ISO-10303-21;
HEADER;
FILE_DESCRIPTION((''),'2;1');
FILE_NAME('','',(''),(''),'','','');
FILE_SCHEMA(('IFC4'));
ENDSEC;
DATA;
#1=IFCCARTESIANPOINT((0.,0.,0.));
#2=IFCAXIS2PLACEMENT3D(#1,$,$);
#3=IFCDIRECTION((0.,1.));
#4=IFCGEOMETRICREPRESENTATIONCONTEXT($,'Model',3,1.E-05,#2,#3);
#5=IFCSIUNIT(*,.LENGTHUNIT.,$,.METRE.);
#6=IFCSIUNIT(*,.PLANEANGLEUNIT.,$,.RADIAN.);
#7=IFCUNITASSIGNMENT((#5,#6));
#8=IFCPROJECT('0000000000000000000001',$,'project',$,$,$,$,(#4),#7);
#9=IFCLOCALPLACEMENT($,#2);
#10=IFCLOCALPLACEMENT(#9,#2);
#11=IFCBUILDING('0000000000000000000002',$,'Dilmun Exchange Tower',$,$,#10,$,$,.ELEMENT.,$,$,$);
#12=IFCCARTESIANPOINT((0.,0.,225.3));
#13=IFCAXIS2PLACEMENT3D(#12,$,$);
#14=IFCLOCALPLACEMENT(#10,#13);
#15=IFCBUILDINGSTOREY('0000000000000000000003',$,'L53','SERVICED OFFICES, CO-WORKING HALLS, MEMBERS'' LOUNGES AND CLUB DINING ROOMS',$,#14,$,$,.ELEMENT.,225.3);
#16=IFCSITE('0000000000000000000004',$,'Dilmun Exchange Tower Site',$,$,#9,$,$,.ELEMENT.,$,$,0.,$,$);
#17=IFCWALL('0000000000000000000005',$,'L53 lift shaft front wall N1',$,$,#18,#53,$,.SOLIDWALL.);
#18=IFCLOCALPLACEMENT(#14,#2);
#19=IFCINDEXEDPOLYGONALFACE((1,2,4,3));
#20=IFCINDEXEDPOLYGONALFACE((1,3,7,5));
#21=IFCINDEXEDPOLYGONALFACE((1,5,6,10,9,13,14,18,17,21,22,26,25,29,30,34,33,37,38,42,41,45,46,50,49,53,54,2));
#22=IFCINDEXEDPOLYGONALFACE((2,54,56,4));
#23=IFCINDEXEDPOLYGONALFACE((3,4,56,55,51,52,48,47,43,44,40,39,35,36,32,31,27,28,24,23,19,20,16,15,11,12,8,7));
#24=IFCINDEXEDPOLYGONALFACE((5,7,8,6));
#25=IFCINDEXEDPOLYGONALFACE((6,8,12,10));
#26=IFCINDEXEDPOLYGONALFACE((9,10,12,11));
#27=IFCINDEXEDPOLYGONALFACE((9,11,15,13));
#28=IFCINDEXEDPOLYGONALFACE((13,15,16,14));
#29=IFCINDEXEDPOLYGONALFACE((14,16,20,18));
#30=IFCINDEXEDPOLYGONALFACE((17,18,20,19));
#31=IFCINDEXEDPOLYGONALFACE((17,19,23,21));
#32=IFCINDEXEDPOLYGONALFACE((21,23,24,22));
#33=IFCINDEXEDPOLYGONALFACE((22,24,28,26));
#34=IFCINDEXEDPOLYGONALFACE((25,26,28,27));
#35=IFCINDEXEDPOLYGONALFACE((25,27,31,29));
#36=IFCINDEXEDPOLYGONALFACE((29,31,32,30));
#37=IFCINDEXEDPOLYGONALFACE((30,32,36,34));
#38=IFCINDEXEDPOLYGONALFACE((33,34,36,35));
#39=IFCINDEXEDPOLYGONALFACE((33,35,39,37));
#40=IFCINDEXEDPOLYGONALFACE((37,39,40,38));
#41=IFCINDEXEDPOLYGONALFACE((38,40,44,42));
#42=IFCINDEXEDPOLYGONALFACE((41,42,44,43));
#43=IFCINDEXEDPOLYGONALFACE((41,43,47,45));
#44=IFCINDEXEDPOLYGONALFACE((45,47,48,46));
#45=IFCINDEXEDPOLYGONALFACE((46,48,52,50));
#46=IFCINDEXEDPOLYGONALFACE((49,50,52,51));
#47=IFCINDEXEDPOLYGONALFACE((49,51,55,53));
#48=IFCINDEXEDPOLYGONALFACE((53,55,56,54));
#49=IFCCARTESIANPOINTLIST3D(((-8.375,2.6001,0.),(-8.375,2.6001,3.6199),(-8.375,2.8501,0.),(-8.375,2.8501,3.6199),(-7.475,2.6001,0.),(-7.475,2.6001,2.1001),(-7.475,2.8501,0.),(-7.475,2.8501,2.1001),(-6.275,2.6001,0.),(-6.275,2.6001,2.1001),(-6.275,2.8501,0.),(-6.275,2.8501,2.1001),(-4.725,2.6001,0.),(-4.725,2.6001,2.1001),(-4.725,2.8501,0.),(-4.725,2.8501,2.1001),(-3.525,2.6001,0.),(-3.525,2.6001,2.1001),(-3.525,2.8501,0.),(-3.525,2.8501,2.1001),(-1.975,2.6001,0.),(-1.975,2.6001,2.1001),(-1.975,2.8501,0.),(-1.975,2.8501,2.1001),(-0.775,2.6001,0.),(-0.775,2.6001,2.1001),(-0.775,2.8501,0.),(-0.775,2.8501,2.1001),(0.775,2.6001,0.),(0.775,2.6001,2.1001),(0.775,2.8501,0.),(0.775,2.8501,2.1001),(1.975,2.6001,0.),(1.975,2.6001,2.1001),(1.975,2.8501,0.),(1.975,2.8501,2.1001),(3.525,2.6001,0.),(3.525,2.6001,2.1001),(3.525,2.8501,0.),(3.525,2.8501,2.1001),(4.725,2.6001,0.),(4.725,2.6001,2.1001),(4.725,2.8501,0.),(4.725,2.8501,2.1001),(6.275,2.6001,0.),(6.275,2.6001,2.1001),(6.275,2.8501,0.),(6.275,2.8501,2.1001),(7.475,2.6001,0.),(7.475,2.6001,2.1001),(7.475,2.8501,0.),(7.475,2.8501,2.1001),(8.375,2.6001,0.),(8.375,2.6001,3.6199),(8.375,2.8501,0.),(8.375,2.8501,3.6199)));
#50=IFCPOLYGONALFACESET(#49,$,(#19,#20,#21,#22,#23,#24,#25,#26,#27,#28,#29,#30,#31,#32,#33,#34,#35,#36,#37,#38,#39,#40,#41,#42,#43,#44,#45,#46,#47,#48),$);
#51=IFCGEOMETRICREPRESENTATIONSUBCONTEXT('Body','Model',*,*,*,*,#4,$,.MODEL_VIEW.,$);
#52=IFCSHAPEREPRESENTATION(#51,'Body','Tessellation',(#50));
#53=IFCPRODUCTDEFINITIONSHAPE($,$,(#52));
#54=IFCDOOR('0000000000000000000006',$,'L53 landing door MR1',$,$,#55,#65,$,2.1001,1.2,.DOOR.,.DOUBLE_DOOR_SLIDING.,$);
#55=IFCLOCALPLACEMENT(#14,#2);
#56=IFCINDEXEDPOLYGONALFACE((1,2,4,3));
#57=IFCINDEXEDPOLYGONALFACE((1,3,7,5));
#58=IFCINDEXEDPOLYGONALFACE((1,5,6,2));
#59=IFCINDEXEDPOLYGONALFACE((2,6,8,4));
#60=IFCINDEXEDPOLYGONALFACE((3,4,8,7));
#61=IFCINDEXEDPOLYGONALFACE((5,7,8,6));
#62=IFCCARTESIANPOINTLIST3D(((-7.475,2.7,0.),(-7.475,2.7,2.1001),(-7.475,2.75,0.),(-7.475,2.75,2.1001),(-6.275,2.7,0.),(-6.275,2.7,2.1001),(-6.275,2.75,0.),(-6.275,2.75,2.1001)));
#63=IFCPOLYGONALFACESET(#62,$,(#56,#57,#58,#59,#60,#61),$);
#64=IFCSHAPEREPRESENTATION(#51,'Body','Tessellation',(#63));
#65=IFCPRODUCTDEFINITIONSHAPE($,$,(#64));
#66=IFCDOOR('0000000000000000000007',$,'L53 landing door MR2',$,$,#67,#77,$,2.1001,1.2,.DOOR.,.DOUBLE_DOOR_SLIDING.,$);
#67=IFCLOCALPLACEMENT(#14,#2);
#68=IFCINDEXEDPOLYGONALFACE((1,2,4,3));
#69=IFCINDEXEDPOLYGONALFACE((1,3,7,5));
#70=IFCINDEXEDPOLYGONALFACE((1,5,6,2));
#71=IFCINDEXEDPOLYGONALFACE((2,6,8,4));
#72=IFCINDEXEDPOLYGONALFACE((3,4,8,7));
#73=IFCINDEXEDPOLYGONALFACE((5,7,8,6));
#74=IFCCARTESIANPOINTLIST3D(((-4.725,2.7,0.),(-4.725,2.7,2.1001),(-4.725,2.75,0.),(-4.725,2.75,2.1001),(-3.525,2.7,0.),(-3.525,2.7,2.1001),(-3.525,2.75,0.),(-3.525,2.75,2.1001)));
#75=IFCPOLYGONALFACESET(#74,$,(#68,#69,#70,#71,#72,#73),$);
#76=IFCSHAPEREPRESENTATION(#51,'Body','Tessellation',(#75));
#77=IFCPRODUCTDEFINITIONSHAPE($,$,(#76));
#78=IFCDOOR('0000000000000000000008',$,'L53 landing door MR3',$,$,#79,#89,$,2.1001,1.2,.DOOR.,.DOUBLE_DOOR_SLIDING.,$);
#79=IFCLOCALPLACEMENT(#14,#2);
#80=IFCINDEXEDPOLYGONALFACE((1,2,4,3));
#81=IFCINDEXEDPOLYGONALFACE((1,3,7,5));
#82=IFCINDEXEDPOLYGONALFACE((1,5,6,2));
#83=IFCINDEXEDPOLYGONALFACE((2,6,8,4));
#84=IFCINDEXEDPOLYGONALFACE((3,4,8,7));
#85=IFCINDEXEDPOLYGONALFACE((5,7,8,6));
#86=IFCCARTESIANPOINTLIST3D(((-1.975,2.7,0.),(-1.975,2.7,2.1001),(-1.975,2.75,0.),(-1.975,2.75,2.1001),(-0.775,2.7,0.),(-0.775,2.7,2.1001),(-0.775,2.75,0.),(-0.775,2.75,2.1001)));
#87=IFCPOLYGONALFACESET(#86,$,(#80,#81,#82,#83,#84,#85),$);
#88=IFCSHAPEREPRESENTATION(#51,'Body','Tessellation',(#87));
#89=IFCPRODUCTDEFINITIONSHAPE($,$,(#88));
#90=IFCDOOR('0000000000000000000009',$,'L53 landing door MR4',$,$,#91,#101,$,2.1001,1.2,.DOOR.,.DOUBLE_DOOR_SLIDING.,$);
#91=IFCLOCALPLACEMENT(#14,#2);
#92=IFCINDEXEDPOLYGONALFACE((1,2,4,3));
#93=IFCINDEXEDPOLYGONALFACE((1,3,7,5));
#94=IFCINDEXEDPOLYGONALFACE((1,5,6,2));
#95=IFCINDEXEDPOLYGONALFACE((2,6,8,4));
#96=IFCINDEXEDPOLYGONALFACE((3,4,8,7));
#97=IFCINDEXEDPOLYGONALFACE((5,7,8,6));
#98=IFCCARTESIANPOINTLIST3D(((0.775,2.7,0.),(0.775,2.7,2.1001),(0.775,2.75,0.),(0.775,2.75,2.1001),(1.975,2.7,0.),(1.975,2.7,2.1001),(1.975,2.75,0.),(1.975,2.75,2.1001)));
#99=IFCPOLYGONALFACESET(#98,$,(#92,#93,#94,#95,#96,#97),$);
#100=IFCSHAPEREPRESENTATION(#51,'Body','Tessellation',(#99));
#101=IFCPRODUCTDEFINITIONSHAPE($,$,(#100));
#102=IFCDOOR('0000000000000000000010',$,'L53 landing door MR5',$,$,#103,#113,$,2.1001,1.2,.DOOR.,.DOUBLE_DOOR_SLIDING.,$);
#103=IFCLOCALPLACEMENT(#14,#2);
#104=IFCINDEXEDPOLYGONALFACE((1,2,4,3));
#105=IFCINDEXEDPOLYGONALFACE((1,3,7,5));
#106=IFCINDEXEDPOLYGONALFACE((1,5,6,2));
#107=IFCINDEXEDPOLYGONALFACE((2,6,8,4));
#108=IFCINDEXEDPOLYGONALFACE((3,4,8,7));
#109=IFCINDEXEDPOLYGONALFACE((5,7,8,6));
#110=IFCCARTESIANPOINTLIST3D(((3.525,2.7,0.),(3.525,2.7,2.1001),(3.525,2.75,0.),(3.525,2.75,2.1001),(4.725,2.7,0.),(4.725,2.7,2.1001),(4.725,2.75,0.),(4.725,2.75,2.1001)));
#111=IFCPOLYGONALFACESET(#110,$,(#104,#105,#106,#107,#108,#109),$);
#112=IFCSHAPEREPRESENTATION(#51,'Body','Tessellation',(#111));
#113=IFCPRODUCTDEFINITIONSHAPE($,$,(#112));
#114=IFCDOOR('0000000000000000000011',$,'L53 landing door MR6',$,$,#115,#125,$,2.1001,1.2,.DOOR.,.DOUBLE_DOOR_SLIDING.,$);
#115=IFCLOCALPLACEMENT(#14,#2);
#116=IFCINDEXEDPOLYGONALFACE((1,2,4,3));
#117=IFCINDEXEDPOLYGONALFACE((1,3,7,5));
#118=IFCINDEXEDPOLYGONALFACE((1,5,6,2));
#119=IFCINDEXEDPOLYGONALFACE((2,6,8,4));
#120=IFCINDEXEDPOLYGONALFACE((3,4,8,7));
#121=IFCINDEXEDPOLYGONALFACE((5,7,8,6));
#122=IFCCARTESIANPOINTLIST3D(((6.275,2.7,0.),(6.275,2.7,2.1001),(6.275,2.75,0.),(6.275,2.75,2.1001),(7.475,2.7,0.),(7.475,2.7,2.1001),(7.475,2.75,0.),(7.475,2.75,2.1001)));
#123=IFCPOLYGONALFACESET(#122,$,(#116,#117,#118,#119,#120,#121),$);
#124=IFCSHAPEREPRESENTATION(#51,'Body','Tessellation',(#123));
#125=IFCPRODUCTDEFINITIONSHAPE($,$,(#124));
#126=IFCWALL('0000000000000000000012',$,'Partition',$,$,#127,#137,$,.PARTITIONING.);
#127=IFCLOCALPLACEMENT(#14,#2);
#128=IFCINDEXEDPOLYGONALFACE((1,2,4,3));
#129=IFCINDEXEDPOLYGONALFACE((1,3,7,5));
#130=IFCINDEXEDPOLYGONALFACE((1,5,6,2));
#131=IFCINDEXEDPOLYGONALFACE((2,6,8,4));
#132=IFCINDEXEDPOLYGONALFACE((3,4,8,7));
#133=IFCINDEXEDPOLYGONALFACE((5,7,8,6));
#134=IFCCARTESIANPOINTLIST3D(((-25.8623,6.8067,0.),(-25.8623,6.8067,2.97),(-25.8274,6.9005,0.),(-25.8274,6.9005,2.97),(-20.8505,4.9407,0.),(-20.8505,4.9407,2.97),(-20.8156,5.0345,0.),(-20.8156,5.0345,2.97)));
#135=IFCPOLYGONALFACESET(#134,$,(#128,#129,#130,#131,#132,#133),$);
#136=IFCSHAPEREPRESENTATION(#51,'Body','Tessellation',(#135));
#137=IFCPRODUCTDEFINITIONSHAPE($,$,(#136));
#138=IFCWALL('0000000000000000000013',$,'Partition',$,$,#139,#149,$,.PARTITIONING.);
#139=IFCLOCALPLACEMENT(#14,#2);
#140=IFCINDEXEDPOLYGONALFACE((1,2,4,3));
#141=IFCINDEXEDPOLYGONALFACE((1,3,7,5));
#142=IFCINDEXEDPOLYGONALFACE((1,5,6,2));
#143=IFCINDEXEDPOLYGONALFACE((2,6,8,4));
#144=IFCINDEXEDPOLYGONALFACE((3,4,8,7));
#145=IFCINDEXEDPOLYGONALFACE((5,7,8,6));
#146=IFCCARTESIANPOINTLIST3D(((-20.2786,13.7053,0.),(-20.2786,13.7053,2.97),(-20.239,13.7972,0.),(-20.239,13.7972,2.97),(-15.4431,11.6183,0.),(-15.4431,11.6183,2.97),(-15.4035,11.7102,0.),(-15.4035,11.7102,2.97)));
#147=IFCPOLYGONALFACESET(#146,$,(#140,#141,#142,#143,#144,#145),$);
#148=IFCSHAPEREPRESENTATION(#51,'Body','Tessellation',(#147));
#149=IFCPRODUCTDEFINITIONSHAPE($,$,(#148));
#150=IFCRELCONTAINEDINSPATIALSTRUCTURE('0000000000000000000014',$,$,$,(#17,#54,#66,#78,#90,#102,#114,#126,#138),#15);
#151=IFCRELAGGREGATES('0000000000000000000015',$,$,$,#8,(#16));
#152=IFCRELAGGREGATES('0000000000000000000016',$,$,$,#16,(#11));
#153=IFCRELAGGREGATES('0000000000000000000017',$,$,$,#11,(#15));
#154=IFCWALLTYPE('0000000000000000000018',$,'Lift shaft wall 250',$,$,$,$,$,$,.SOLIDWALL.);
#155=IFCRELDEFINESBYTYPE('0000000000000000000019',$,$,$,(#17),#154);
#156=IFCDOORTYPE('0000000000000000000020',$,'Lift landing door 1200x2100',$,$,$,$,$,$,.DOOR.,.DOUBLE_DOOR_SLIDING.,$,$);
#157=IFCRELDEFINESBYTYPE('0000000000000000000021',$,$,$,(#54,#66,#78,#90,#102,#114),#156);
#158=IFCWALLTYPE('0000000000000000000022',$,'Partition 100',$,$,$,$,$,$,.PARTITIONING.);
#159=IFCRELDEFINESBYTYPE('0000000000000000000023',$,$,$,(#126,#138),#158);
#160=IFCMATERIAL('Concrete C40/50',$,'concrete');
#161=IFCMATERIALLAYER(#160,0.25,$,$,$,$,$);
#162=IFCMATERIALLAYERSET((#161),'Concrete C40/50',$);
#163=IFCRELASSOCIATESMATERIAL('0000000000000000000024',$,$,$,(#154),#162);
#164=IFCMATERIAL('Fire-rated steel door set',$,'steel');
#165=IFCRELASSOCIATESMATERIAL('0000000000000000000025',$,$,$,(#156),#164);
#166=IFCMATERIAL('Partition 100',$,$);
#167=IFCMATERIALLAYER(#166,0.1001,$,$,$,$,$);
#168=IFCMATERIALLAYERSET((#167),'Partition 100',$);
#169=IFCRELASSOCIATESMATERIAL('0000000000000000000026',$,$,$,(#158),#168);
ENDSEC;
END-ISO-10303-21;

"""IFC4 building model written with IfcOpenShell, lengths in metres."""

from ifc_helpers import new_model, si_unit, direction, frame, frame_2d, origin, place, context, subcontext, project, spatial, rectangle, extrude, material, layer, layer_set, type_object, element, fill, save


model = new_model("IFC4")

# Units and contexts
model_context = context("Model", 3, precision=1e-05, world=origin(), true_north=direction((0.0, 1.0)))
body_context = subcontext(model_context, "Body", "Model", "MODEL_VIEW")
ifc_project = project(units=[si_unit("LENGTHUNIT", "METRE"), si_unit("PLANEANGLEUNIT", "RADIAN")], contexts=[model_context])

# Site, building, storey
site_placement = place(None, origin())
site = spatial("IfcSite", under=ifc_project, at=site_placement, Name="Dilmun Exchange Tower Site", CompositionType="ELEMENT", RefElevation=0.0)
building_placement = place(site_placement, origin())
building = spatial("IfcBuilding", under=site, at=building_placement, Name="Dilmun Exchange Tower", CompositionType="ELEMENT")
storey_placement = place(building_placement, frame((0.0, 0.0, 225.3)))
storey = spatial("IfcBuildingStorey", under=building, at=storey_placement, Name="L53", Description="SERVICED OFFICES, CO-WORKING HALLS, MEMBERS' LOUNGES AND CLUB DINING ROOMS", CompositionType="ELEMENT", Elevation=225.3)

# Shared definitions
ifc_material_1 = material(Name="Concrete C40/50", Category="concrete")

# Shared definitions
ifc_material_2 = material(Name="Fire-rated steel door set", Category="steel")

# Wall, openings, doors
ifc_layer_1 = layer(ifc_material_1, 0.25)
ifc_layer_set_1 = layer_set([ifc_layer_1], Name="Concrete C40/50")
wall_type_1 = type_object("IfcWallType", Name="Lift shaft wall 250", PredefinedType="SOLIDWALL", material=ifc_layer_set_1)
wall_1_placement = place(storey_placement, frame((-8.375, 2.7251, 0.0), z_axis=(0.0, 0.0, 1.0), x_axis=(1.0, 0.0, 0.0)))
wall_1 = element("IfcWall", 1, at=wall_1_placement, inside=storey, type_object=wall_type_1, Name="L53 lift shaft front wall N1", PredefinedType="SOLIDWALL", context=body_context, shape_type="SweptSolid", body=[
    extrude(rectangle(XDim=16.75, YDim=0.25, at=frame_2d((8.375, 0.0))), origin(), (0.0, 0.0, 1.0), 3.6199),
])
opening_1_placement = place(wall_1_placement, frame((0.8999, 0.0, 0.0)))
opening_1 = element("IfcOpeningElement", 2, at=opening_1_placement, cuts=wall_1, PredefinedType="OPENING", context=body_context, shape_type="SweptSolid", body=[
    extrude(rectangle(XDim=1.2, YDim=2.1001, at=frame_2d((0.6001, 1.05))), frame((0.0, 0.135, 0.0), z_axis=(0.0, -1.0, 0.0), x_axis=(1.0, 0.0, 0.0)), (0.0, 0.0, 1.0), 0.27),
])
opening_2_placement = place(wall_1_placement, frame((3.6499, 0.0, 0.0)))
opening_2 = element("IfcOpeningElement", 3, at=opening_2_placement, cuts=wall_1, PredefinedType="OPENING", context=body_context, shape_type="SweptSolid", body=[
    extrude(rectangle(XDim=1.2, YDim=2.1001, at=frame_2d((0.6001, 1.05))), frame((0.0, 0.135, 0.0), z_axis=(0.0, -1.0, 0.0), x_axis=(1.0, 0.0, 0.0)), (0.0, 0.0, 1.0), 0.27),
])
opening_3_placement = place(wall_1_placement, frame((6.3999, 0.0, 0.0)))
opening_3 = element("IfcOpeningElement", 4, at=opening_3_placement, cuts=wall_1, PredefinedType="OPENING", context=body_context, shape_type="SweptSolid", body=[
    extrude(rectangle(XDim=1.2, YDim=2.1001, at=frame_2d((0.6001, 1.05))), frame((0.0, 0.135, 0.0), z_axis=(0.0, -1.0, 0.0), x_axis=(1.0, 0.0, 0.0)), (0.0, 0.0, 1.0), 0.27),
])
opening_4_placement = place(wall_1_placement, frame((9.1499, 0.0, 0.0)))
opening_4 = element("IfcOpeningElement", 5, at=opening_4_placement, cuts=wall_1, PredefinedType="OPENING", context=body_context, shape_type="SweptSolid", body=[
    extrude(rectangle(XDim=1.2, YDim=2.1001, at=frame_2d((0.6001, 1.05))), frame((0.0, 0.135, 0.0), z_axis=(0.0, -1.0, 0.0), x_axis=(1.0, 0.0, 0.0)), (0.0, 0.0, 1.0), 0.27),
])
opening_5_placement = place(wall_1_placement, frame((11.8999, 0.0, 0.0)))
opening_5 = element("IfcOpeningElement", 6, at=opening_5_placement, cuts=wall_1, PredefinedType="OPENING", context=body_context, shape_type="SweptSolid", body=[
    extrude(rectangle(XDim=1.2, YDim=2.1001, at=frame_2d((0.6001, 1.05))), frame((0.0, 0.135, 0.0), z_axis=(0.0, -1.0, 0.0), x_axis=(1.0, 0.0, 0.0)), (0.0, 0.0, 1.0), 0.27),
])
opening_6_placement = place(wall_1_placement, frame((14.6499, 0.0, 0.0)))
opening_6 = element("IfcOpeningElement", 7, at=opening_6_placement, cuts=wall_1, PredefinedType="OPENING", context=body_context, shape_type="SweptSolid", body=[
    extrude(rectangle(XDim=1.2, YDim=2.1001, at=frame_2d((0.6001, 1.05))), frame((0.0, 0.135, 0.0), z_axis=(0.0, -1.0, 0.0), x_axis=(1.0, 0.0, 0.0)), (0.0, 0.0, 1.0), 0.27),
])
door_type_1 = type_object("IfcDoorType", Name="Lift landing door 1200x2100", OperationType="DOUBLE_DOOR_SLIDING", PredefinedType="DOOR", material=ifc_material_2)
door_1_placement = place(opening_1_placement, origin())
door_1 = element("IfcDoor", 8, at=door_1_placement, inside=storey, type_object=door_type_1, Name="L53 landing door MR1", OperationType="DOUBLE_DOOR_SLIDING", OverallHeight=2.1001, OverallWidth=1.2, PredefinedType="DOOR", context=body_context, shape_type="SweptSolid", body=[
    extrude(rectangle(XDim=1.2, YDim=2.1001, at=frame_2d((0.6001, 1.05))), frame((0.0, 0.0249, 0.0), z_axis=(0.0, -1.0, 0.0), x_axis=(1.0, 0.0, 0.0)), (0.0, 0.0, 1.0), 0.05),
])
fill(opening_1, door_1)
door_2_placement = place(opening_2_placement, origin())
door_2 = element("IfcDoor", 9, at=door_2_placement, inside=storey, type_object=door_type_1, Name="L53 landing door MR2", OperationType="DOUBLE_DOOR_SLIDING", OverallHeight=2.1001, OverallWidth=1.2, PredefinedType="DOOR", context=body_context, shape_type="SweptSolid", body=[
    extrude(rectangle(XDim=1.2, YDim=2.1001, at=frame_2d((0.6001, 1.05))), frame((0.0, 0.0249, 0.0), z_axis=(0.0, -1.0, 0.0), x_axis=(1.0, 0.0, 0.0)), (0.0, 0.0, 1.0), 0.05),
])
fill(opening_2, door_2)
door_3_placement = place(opening_3_placement, origin())
door_3 = element("IfcDoor", 10, at=door_3_placement, inside=storey, type_object=door_type_1, Name="L53 landing door MR3", OperationType="DOUBLE_DOOR_SLIDING", OverallHeight=2.1001, OverallWidth=1.2, PredefinedType="DOOR", context=body_context, shape_type="SweptSolid", body=[
    extrude(rectangle(XDim=1.2, YDim=2.1001, at=frame_2d((0.6001, 1.05))), frame((0.0, 0.0249, 0.0), z_axis=(0.0, -1.0, 0.0), x_axis=(1.0, 0.0, 0.0)), (0.0, 0.0, 1.0), 0.05),
])
fill(opening_3, door_3)
door_4_placement = place(opening_4_placement, origin())
door_4 = element("IfcDoor", 11, at=door_4_placement, inside=storey, type_object=door_type_1, Name="L53 landing door MR4", OperationType="DOUBLE_DOOR_SLIDING", OverallHeight=2.1001, OverallWidth=1.2, PredefinedType="DOOR", context=body_context, shape_type="SweptSolid", body=[
    extrude(rectangle(XDim=1.2, YDim=2.1001, at=frame_2d((0.6001, 1.05))), frame((0.0, 0.0249, 0.0), z_axis=(0.0, -1.0, 0.0), x_axis=(1.0, 0.0, 0.0)), (0.0, 0.0, 1.0), 0.05),
])
fill(opening_4, door_4)
door_5_placement = place(opening_5_placement, origin())
door_5 = element("IfcDoor", 12, at=door_5_placement, inside=storey, type_object=door_type_1, Name="L53 landing door MR5", OperationType="DOUBLE_DOOR_SLIDING", OverallHeight=2.1001, OverallWidth=1.2, PredefinedType="DOOR", context=body_context, shape_type="SweptSolid", body=[
    extrude(rectangle(XDim=1.2, YDim=2.1001, at=frame_2d((0.6001, 1.05))), frame((0.0, 0.0249, 0.0), z_axis=(0.0, -1.0, 0.0), x_axis=(1.0, 0.0, 0.0)), (0.0, 0.0, 1.0), 0.05),
])
fill(opening_5, door_5)
door_6_placement = place(opening_6_placement, origin())
door_6 = element("IfcDoor", 13, at=door_6_placement, inside=storey, type_object=door_type_1, Name="L53 landing door MR6", OperationType="DOUBLE_DOOR_SLIDING", OverallHeight=2.1001, OverallWidth=1.2, PredefinedType="DOOR", context=body_context, shape_type="SweptSolid", body=[
    extrude(rectangle(XDim=1.2, YDim=2.1001, at=frame_2d((0.6001, 1.05))), frame((0.0, 0.0249, 0.0), z_axis=(0.0, -1.0, 0.0), x_axis=(1.0, 0.0, 0.0)), (0.0, 0.0, 1.0), 0.05),
])
fill(opening_6, door_6)

# Walls
ifc_material_3 = material(Name="Partition 100")
ifc_layer_2 = layer(ifc_material_3, 0.1001)
ifc_layer_set_2 = layer_set([ifc_layer_2], Name="Partition 100")
wall_type_2 = type_object("IfcWallType", Name="Partition 100", PredefinedType="PARTITIONING", material=ifc_layer_set_2)
wall_2_placement = place(storey_placement, frame((-25.8447, 6.8535, 0.0), z_axis=(0.0, 0.0, 1.0), x_axis=(0.937152, -0.348921, 0.0)))
element("IfcWall", 14, at=wall_2_placement, inside=storey, type_object=wall_type_2, Name="Partition", PredefinedType="PARTITIONING", context=body_context, shape_type="SweptSolid", body=[
    extrude(rectangle(XDim=5.3479, YDim=0.1001, at=frame_2d((2.6738, 0.0))), origin(), (0.0, 0.0, 1.0), 2.97),
])
wall_3_placement = place(storey_placement, frame((-20.2588, 13.7512, 0.0), z_axis=(0.0, 0.0, 1.0), x_axis=(0.91814, -0.396257, 0.0)))
element("IfcWall", 15, at=wall_3_placement, inside=storey, type_object=wall_type_2, Name="Partition", PredefinedType="PARTITIONING", context=body_context, shape_type="SweptSolid", body=[
    extrude(rectangle(XDim=5.2666, YDim=0.1001, at=frame_2d((2.6333, 0.0))), origin(), (0.0, 0.0, 1.0), 2.97),
])

save(model, "model.ifc")
